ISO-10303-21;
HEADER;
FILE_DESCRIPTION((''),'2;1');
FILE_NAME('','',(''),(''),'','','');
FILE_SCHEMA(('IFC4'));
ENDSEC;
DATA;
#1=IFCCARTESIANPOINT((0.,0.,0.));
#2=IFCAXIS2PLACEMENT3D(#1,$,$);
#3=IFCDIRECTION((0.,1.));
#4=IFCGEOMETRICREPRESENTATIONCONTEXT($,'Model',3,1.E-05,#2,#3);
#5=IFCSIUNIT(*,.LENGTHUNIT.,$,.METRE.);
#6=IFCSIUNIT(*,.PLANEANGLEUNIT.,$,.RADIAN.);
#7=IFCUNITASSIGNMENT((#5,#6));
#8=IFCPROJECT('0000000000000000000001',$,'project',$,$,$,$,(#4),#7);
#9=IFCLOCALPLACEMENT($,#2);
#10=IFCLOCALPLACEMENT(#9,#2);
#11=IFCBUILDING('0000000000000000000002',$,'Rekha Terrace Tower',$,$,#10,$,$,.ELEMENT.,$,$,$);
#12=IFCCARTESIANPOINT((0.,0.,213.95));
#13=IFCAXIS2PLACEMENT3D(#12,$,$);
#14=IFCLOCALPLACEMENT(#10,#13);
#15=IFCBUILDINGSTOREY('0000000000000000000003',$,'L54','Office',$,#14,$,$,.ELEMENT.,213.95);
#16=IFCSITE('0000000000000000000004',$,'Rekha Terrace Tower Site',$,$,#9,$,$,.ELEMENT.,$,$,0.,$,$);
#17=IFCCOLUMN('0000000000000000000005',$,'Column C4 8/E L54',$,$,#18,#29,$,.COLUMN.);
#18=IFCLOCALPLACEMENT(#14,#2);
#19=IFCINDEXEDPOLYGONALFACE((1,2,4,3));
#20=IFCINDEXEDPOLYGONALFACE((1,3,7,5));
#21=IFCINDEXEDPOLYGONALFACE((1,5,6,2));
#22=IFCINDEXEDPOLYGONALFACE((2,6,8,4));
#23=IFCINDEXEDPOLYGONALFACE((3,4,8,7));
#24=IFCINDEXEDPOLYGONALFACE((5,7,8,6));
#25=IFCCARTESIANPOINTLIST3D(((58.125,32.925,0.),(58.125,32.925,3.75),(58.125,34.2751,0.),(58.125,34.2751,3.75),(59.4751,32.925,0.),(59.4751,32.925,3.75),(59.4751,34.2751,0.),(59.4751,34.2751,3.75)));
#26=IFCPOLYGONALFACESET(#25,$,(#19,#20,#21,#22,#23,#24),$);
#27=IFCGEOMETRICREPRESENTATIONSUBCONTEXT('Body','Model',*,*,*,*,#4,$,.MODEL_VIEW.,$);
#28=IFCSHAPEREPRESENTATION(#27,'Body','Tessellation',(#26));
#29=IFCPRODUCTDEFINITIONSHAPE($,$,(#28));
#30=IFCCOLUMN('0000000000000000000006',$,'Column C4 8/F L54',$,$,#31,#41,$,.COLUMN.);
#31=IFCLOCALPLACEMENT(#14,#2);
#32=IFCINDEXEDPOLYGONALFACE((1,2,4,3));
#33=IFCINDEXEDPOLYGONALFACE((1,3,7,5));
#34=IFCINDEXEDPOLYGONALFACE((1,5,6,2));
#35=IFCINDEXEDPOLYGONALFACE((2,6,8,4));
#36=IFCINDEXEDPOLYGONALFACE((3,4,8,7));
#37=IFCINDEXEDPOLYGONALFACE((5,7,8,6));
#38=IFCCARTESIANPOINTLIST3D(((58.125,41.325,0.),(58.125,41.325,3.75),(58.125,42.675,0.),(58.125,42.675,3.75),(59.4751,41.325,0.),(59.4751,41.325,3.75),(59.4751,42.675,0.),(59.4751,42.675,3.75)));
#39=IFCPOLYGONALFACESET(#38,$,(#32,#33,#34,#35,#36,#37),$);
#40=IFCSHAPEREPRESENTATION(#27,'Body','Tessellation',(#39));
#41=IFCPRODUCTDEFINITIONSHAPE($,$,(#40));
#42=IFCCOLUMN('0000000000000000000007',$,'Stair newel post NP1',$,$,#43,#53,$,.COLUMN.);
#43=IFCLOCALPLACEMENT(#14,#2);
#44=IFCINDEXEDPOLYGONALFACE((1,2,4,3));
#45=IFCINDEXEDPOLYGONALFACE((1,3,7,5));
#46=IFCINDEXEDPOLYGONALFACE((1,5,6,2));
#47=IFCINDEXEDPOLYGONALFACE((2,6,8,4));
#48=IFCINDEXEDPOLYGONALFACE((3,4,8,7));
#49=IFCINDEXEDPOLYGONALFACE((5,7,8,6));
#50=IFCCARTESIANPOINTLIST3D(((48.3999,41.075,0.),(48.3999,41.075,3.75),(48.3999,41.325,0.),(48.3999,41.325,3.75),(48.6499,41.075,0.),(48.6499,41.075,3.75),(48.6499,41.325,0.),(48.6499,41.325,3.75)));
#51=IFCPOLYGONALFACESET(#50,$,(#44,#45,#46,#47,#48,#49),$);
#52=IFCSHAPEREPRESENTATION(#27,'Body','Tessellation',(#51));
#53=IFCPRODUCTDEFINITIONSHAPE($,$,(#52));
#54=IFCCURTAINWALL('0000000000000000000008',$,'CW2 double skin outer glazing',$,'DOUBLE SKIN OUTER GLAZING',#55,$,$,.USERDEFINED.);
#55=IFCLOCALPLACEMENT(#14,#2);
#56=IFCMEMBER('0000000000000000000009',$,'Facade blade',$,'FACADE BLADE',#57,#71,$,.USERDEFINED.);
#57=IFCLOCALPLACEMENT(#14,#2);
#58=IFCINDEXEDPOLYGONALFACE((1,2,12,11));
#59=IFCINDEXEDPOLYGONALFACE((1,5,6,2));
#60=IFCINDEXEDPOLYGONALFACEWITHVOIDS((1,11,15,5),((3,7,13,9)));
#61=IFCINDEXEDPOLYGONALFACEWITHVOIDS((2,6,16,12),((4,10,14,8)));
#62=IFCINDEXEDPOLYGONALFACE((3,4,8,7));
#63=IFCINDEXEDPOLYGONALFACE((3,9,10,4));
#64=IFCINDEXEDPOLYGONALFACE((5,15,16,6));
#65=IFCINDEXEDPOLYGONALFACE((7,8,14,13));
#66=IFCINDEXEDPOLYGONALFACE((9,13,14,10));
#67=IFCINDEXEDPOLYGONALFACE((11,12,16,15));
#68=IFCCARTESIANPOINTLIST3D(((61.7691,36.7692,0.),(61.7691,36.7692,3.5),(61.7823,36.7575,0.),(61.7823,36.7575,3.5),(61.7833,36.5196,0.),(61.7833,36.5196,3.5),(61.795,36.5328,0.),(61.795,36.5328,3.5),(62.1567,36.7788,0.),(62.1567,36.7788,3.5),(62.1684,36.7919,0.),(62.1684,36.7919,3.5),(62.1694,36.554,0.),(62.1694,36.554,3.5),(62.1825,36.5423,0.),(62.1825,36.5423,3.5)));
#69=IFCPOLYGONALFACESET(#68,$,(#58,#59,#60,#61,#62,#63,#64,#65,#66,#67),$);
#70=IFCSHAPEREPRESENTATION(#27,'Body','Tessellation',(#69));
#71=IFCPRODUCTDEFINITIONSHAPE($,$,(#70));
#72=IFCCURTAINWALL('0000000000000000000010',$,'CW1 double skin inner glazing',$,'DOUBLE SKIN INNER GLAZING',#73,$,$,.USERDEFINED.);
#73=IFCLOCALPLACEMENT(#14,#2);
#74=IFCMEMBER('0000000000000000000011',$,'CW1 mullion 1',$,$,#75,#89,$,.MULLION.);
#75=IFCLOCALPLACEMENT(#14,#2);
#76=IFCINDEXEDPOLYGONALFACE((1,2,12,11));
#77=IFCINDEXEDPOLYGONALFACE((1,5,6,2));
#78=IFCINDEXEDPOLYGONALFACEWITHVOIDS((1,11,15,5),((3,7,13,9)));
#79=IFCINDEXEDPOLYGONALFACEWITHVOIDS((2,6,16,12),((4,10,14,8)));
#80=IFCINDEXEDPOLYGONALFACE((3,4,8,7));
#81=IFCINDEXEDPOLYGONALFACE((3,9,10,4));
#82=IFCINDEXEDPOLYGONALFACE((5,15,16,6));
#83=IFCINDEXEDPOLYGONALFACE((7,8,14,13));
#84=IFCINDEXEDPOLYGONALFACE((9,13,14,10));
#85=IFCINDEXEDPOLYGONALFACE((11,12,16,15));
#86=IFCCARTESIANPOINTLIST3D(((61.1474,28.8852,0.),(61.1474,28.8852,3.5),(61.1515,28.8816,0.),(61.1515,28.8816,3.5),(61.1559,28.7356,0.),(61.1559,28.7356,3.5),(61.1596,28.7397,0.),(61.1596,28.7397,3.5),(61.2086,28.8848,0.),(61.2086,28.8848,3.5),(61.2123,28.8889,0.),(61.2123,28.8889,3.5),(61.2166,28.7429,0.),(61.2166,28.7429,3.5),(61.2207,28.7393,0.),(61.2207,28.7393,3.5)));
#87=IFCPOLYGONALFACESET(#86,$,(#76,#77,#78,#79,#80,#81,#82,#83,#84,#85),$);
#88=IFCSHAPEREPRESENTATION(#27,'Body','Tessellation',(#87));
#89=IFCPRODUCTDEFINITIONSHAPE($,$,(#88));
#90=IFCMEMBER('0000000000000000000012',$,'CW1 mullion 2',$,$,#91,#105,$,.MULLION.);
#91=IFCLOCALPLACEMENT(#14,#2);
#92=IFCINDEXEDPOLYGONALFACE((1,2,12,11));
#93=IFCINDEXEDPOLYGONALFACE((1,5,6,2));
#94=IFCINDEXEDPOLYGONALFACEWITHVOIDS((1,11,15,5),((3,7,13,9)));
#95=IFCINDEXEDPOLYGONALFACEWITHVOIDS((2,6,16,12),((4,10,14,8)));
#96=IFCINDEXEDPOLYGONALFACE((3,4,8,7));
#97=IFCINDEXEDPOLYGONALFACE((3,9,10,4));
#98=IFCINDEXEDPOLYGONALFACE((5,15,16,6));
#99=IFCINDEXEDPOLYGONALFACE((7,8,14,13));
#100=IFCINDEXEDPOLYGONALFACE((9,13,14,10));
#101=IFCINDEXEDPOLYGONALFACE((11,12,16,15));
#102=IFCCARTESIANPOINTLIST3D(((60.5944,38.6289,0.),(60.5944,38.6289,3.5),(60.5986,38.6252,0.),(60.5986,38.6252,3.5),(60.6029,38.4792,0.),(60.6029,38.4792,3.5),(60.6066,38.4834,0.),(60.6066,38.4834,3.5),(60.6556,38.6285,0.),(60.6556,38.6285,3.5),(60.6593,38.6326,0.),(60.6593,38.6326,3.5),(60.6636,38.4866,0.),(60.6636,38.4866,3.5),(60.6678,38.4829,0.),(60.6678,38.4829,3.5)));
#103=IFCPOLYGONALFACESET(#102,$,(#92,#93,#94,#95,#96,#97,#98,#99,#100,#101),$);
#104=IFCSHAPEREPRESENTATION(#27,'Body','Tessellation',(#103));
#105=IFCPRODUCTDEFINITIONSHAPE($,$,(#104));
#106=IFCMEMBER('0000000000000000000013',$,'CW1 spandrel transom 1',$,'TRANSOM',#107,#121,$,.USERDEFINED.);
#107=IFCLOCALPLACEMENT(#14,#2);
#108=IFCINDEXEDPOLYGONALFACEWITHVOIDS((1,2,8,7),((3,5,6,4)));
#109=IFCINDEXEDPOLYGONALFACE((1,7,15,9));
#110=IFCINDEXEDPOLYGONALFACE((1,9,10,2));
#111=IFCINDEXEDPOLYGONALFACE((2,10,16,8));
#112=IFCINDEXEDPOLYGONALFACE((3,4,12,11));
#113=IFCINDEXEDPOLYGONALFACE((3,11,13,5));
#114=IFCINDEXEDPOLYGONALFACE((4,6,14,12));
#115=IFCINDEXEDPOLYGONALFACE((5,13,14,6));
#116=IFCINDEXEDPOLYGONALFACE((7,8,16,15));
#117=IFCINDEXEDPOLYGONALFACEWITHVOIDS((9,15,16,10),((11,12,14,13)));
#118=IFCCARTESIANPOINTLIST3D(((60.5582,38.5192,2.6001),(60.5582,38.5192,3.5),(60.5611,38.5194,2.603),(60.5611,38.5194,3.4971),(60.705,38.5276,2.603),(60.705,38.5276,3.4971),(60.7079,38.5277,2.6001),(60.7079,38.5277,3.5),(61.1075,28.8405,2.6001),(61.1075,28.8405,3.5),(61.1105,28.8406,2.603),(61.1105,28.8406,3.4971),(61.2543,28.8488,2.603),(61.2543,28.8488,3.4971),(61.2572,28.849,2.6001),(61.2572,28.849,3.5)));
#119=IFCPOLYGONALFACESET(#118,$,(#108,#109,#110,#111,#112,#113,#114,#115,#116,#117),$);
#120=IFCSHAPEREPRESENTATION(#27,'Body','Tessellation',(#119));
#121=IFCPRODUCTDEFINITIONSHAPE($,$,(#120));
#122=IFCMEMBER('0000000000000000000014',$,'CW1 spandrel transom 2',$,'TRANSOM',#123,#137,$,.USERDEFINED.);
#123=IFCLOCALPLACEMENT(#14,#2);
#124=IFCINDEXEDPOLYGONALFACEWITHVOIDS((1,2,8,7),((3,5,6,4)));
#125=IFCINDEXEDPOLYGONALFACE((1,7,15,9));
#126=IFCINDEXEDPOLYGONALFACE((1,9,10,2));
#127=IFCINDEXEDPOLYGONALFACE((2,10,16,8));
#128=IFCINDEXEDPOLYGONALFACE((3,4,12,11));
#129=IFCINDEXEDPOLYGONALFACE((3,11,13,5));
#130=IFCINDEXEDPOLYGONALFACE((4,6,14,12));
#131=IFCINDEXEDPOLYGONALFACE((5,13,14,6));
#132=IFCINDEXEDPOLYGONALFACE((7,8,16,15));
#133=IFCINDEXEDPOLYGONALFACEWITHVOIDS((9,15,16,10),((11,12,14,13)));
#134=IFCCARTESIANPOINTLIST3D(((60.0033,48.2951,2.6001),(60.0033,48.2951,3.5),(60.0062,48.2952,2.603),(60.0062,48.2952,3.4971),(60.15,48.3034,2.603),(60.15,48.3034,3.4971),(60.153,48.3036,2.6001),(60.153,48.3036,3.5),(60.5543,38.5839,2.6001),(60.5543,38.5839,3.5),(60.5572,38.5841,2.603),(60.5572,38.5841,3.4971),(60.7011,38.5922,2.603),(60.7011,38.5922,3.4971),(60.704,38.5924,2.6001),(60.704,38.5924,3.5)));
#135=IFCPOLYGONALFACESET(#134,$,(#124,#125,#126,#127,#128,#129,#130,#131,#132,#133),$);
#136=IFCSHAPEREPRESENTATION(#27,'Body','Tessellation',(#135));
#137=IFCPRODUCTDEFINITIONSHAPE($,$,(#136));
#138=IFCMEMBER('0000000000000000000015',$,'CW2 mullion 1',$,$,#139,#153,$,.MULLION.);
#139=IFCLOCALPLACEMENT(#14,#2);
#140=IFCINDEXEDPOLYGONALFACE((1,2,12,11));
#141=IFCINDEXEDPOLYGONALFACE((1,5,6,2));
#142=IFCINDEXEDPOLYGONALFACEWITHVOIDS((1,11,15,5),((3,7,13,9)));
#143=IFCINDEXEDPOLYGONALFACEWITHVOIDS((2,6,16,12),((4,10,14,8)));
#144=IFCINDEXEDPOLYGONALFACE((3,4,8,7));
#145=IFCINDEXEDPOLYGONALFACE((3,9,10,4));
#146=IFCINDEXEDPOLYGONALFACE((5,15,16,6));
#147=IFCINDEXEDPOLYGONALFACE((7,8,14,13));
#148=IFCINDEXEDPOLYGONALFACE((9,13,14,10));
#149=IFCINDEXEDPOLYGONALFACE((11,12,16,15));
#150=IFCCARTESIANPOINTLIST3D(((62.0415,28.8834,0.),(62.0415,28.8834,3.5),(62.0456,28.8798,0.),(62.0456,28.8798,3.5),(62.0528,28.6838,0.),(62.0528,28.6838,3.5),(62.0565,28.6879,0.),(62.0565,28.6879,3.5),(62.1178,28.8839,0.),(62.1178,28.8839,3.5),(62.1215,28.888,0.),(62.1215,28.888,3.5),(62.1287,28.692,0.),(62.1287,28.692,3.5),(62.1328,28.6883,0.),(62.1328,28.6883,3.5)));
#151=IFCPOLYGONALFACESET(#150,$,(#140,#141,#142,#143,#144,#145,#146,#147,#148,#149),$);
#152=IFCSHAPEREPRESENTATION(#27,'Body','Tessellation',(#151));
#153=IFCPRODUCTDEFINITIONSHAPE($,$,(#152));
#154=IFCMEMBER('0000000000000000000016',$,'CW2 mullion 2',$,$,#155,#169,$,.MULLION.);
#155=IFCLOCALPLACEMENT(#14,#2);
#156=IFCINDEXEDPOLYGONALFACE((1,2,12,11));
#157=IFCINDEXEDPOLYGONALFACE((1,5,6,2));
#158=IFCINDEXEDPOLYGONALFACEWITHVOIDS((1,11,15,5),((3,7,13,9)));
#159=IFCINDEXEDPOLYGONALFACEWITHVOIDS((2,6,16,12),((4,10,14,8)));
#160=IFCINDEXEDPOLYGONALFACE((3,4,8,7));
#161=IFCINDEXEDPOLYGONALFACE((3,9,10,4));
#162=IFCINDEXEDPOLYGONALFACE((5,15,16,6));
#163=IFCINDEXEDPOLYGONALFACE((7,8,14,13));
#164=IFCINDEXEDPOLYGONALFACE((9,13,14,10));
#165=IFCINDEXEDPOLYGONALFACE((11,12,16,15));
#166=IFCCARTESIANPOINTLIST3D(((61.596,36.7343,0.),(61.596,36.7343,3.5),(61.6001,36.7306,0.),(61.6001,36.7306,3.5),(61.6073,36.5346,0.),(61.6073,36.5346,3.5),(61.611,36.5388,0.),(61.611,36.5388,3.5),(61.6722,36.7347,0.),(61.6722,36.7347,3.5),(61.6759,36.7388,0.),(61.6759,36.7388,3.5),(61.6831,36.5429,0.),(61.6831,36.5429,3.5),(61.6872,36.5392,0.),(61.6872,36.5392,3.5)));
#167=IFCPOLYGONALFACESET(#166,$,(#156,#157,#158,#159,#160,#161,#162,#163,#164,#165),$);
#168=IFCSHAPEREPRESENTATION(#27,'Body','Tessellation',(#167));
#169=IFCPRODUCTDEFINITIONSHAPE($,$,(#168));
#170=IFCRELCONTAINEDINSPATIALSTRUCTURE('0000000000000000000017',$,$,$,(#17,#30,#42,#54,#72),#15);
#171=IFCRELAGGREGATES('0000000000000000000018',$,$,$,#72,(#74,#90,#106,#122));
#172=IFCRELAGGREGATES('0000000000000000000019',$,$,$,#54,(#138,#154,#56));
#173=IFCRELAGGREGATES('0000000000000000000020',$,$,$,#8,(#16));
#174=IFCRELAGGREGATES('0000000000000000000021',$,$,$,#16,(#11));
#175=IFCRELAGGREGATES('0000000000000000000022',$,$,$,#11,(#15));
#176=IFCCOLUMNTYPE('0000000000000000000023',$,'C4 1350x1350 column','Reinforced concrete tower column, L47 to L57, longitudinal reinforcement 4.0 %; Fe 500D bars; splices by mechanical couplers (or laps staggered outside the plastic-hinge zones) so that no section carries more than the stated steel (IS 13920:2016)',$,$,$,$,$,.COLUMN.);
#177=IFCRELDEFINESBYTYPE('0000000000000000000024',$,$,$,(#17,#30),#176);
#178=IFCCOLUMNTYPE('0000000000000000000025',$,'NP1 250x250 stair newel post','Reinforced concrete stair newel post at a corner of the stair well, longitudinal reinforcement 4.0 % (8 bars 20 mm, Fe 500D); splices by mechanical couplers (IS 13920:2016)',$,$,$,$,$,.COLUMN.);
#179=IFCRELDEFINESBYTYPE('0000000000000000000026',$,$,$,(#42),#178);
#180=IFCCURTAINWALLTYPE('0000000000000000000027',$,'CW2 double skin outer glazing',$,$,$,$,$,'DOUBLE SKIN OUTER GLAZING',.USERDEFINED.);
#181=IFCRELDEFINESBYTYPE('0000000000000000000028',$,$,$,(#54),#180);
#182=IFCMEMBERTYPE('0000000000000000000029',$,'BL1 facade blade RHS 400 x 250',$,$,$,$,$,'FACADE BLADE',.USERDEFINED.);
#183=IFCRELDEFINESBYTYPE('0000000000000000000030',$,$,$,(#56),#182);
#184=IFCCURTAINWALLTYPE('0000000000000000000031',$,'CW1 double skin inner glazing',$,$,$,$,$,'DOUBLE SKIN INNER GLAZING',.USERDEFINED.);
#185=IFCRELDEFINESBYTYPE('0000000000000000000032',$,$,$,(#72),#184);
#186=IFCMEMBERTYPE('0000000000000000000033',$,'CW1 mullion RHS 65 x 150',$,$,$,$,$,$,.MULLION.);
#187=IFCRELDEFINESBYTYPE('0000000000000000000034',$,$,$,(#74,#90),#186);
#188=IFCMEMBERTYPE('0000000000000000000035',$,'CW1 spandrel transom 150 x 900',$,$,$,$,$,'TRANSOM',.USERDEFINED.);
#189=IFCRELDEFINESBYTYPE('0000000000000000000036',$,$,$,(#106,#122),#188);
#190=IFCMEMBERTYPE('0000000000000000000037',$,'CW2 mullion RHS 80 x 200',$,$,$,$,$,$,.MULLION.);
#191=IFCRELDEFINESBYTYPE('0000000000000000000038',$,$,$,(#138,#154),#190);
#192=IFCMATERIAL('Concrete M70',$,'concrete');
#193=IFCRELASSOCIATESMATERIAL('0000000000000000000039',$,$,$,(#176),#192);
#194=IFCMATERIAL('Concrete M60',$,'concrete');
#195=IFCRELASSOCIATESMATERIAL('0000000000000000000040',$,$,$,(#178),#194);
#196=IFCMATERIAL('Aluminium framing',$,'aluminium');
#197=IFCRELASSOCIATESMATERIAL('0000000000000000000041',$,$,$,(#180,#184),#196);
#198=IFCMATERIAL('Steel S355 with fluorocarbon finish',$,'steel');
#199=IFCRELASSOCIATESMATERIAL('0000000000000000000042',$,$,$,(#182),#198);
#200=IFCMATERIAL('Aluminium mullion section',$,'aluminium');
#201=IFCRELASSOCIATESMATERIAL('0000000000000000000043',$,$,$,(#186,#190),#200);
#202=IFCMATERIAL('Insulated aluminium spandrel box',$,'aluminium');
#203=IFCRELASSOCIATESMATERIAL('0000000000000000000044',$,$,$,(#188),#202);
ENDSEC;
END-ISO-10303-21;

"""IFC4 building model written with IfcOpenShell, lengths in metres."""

from ifc_helpers import new_model, si_unit, direction, frame, origin, origin_2d, place, context, subcontext, project, spatial, rectangle, hollow_rectangle, extrude, material, material_profile, profile_set, type_object, element, aggregate, save


model = new_model("IFC4")

# Units and contexts
model_context = context("Model", 3, precision=1e-05, world=origin(), true_north=direction((0.0, 1.0)))
body_context = subcontext(model_context, "Body", "Model", "MODEL_VIEW")
ifc_project = project(units=[si_unit("LENGTHUNIT", "METRE"), si_unit("PLANEANGLEUNIT", "RADIAN")], contexts=[model_context])

# Site, building, storey
site_placement = place(None, origin())
site = spatial("IfcSite", under=ifc_project, at=site_placement, Name="Rekha Terrace Tower Site", CompositionType="ELEMENT", RefElevation=0.0)
building_placement = place(site_placement, origin())
building = spatial("IfcBuilding", under=site, at=building_placement, Name="Rekha Terrace Tower", CompositionType="ELEMENT")
storey_placement = place(building_placement, frame((0.0, 0.0, 213.95)))
storey = spatial("IfcBuildingStorey", under=building, at=storey_placement, Name="L54", Description="Office", CompositionType="ELEMENT", Elevation=213.95)

# Columns
ifc_material_1 = material(Name="Concrete M70", Category="concrete")
ifc_material_profile_1 = material_profile(ifc_material_1, rectangle(XDim=1.3501, YDim=1.3501, at=origin_2d()), Name="RC 1350x1350")
ifc_profile_set_1 = profile_set([ifc_material_profile_1], Name="Concrete M70")
column_type_1 = type_object("IfcColumnType", Name="C4 1350x1350 column", Description="Reinforced concrete tower column, L47 to L57, longitudinal reinforcement 4.0 %; Fe 500D bars; splices by mechanical couplers (or laps staggered outside the plastic-hinge zones) so that no section carries more than the stated steel (IS 13920:2016)", PredefinedType="COLUMN", material=ifc_profile_set_1)
for number, where, z_axis, x_axis, name in (
    (1, (58.8, 33.6001, 0.0), (0.0, 0.0, 1.0), (1.0, 0.0, 0.0), "Column C4 8/E L54"),
    (2, (58.8, 42.0, 0.0), (0.0, 0.0, 1.0), (1.0, 0.0, 0.0), "Column C4 8/F L54"),
):
    element("IfcColumn", number, at=place(storey_placement, frame(where, z_axis=z_axis, x_axis=x_axis)), inside=storey, type_object=column_type_1, Name=name, PredefinedType="COLUMN", context=body_context, shape_type="SweptSolid", body=[
        extrude(rectangle(XDim=1.3501, YDim=1.3501, at=origin_2d()), origin(), (0.0, 0.0, 1.0), 3.75),
    ])
ifc_material_2 = material(Name="Concrete M60", Category="concrete")
ifc_material_profile_2 = material_profile(ifc_material_2, rectangle(XDim=0.25, YDim=0.25, at=origin_2d()), Name="RC 250x250")
ifc_profile_set_2 = profile_set([ifc_material_profile_2], Name="Concrete M60")
column_type_2 = type_object("IfcColumnType", Name="NP1 250x250 stair newel post", Description="Reinforced concrete stair newel post at a corner of the stair well, longitudinal reinforcement 4.0 % (8 bars 20 mm, Fe 500D); splices by mechanical couplers (IS 13920:2016)", PredefinedType="COLUMN", material=ifc_profile_set_2)
column_placement = place(storey_placement, frame((48.5249, 41.2, 0.0), z_axis=(0.0, 0.0, 1.0), x_axis=(1.0, 0.0, 0.0)))
element("IfcColumn", 3, at=column_placement, inside=storey, type_object=column_type_2, Name="Stair newel post NP1", PredefinedType="COLUMN", context=body_context, shape_type="SweptSolid", body=[
    extrude(rectangle(XDim=0.25, YDim=0.25, at=origin_2d()), origin(), (0.0, 0.0, 1.0), 3.75),
])

# Curtain wall, member
ifc_material_3 = material(Name="Aluminium framing", Category="aluminium")
curtain_wall_type_1 = type_object("IfcCurtainWallType", Name="CW2 double skin outer glazing", ElementType="DOUBLE SKIN OUTER GLAZING", PredefinedType="USERDEFINED", material=ifc_material_3)
curtain_wall_1_placement = place(storey_placement, origin())
curtain_wall_1 = element("IfcCurtainWall", 4, at=curtain_wall_1_placement, inside=storey, type_object=curtain_wall_type_1, Name="CW2 double skin outer glazing", ObjectType="DOUBLE SKIN OUTER GLAZING", PredefinedType="USERDEFINED")
ifc_material_4 = material(Name="Steel S355 with fluorocarbon finish", Category="steel")
ifc_material_profile_3 = material_profile(ifc_material_4, hollow_rectangle(XDim=0.25, YDim=0.3999, WallThickness=0.0125, at=origin_2d()), Name="RHS400x250x12.5")
ifc_profile_set_3 = profile_set([ifc_material_profile_3], Name="Steel S355 with fluorocarbon finish")
member_type_1 = type_object("IfcMemberType", Name="BL1 facade blade RHS 400 x 250", ElementType="FACADE BLADE", PredefinedType="USERDEFINED", material=ifc_profile_set_3)
member_1_placement = place(storey_placement, frame((61.9758, 36.6558, 0.0), z_axis=(0.0, 0.0, 1.0), x_axis=(-0.056674, 0.998393, 0.0)))
member_1 = element("IfcMember", 5, at=member_1_placement, type_object=member_type_1, Name="Facade blade", ObjectType="FACADE BLADE", PredefinedType="USERDEFINED", context=body_context, shape_type="SweptSolid", body=[
    extrude(hollow_rectangle(XDim=0.25, YDim=0.3999, WallThickness=0.0125, at=origin_2d()), origin(), (0.0, 0.0, 1.0), 3.5),
])

# Curtain wall, members
curtain_wall_type_2 = type_object("IfcCurtainWallType", Name="CW1 double skin inner glazing", ElementType="DOUBLE SKIN INNER GLAZING", PredefinedType="USERDEFINED", material=ifc_material_3)
curtain_wall_2_placement = place(storey_placement, origin())
curtain_wall_2 = element("IfcCurtainWall", 6, at=curtain_wall_2_placement, inside=storey, type_object=curtain_wall_type_2, Name="CW1 double skin inner glazing", ObjectType="DOUBLE SKIN INNER GLAZING", PredefinedType="USERDEFINED")
ifc_material_5 = material(Name="Aluminium mullion section", Category="aluminium")
ifc_material_profile_4 = material_profile(ifc_material_5, hollow_rectangle(XDim=0.0649, YDim=0.1499, WallThickness=0.0039, at=origin_2d()), Name="AL RHS 65x150")
ifc_profile_set_4 = profile_set([ifc_material_profile_4], Name="Aluminium mullion section")
member_type_2 = type_object("IfcMemberType", Name="CW1 mullion RHS 65 x 150", PredefinedType="MULLION", material=ifc_profile_set_4)
member_2_placement = place(storey_placement, frame((61.1841, 28.8123, 0.0), z_axis=(0.0, 0.0, 1.0), x_axis=(-0.998393, -0.056673, 0.0)))
member_2 = element("IfcMember", 7, at=member_2_placement, type_object=member_type_2, Name="CW1 mullion 1", PredefinedType="MULLION", context=body_context, shape_type="SweptSolid", body=[
    extrude(hollow_rectangle(XDim=0.0649, YDim=0.1499, WallThickness=0.0039, at=origin_2d()), origin(), (0.0, 0.0, 1.0), 3.5),
])
member_3_placement = place(storey_placement, frame((60.6311, 38.5559, 0.0), z_axis=(0.0, 0.0, 1.0), x_axis=(-0.998393, -0.056673, 0.0)))
member_3 = element("IfcMember", 8, at=member_3_placement, type_object=member_type_2, Name="CW1 mullion 2", PredefinedType="MULLION", context=body_context, shape_type="SweptSolid", body=[
    extrude(hollow_rectangle(XDim=0.0649, YDim=0.1499, WallThickness=0.0039, at=origin_2d()), origin(), (0.0, 0.0, 1.0), 3.5),
])
ifc_material_6 = material(Name="Insulated aluminium spandrel box", Category="aluminium")
ifc_material_profile_5 = material_profile(ifc_material_6, hollow_rectangle(XDim=0.1499, YDim=0.8999, WallThickness=0.0029, at=origin_2d()), Name="AL SPANDREL BOX 150x900")
ifc_profile_set_5 = profile_set([ifc_material_profile_5], Name="Insulated aluminium spandrel box")
member_type_3 = type_object("IfcMemberType", Name="CW1 spandrel transom 150 x 900", ElementType="TRANSOM", PredefinedType="USERDEFINED", material=ifc_profile_set_5)
member_4_placement = place(storey_placement, frame((61.1824, 28.8447, 3.05), z_axis=(-0.056664, 0.998393, 0.0), x_axis=(-0.998393, -0.056664, 0.0)))
member_4 = element("IfcMember", 9, at=member_4_placement, type_object=member_type_3, Name="CW1 spandrel transom 1", ObjectType="TRANSOM", PredefinedType="USERDEFINED", context=body_context, shape_type="SweptSolid", body=[
    extrude(hollow_rectangle(XDim=0.1499, YDim=0.8999, WallThickness=0.0029, at=origin_2d()), origin(), (0.0, 0.0, 1.0), 9.6943),
])
member_5_placement = place(storey_placement, frame((60.6292, 38.5881, 3.05), z_axis=(-0.05665, 0.998394, 0.0), x_axis=(-0.998394, -0.05665, 0.0)))
member_5 = element("IfcMember", 10, at=member_5_placement, type_object=member_type_3, Name="CW1 spandrel transom 2", ObjectType="TRANSOM", PredefinedType="USERDEFINED", context=body_context, shape_type="SweptSolid", body=[
    extrude(hollow_rectangle(XDim=0.1499, YDim=0.8999, WallThickness=0.0029, at=origin_2d()), origin(), (0.0, 0.0, 1.0), 9.7268),
])

# Members
ifc_material_profile_6 = material_profile(ifc_material_5, hollow_rectangle(XDim=0.0801, YDim=0.2, WallThickness=0.0039, at=origin_2d()), Name="AL RHS 80x200")
ifc_profile_set_6 = profile_set([ifc_material_profile_6], Name="Aluminium mullion section")
member_type_4 = type_object("IfcMemberType", Name="CW2 mullion RHS 80 x 200", PredefinedType="MULLION", material=ifc_profile_set_6)
member_6_placement = place(storey_placement, frame((62.0872, 28.7859, 0.0), z_axis=(0.0, 0.0, 1.0), x_axis=(-0.998393, -0.056673, 0.0)))
member_6 = element("IfcMember", 11, at=member_6_placement, type_object=member_type_4, Name="CW2 mullion 1", PredefinedType="MULLION", context=body_context, shape_type="SweptSolid", body=[
    extrude(hollow_rectangle(XDim=0.0801, YDim=0.2, WallThickness=0.0039, at=origin_2d()), origin(), (0.0, 0.0, 1.0), 3.5),
])
member_7_placement = place(storey_placement, frame((61.6416, 36.6367, 0.0), z_axis=(0.0, 0.0, 1.0), x_axis=(-0.998393, -0.056673, 0.0)))
member_7 = element("IfcMember", 12, at=member_7_placement, type_object=member_type_4, Name="CW2 mullion 2", PredefinedType="MULLION", context=body_context, shape_type="SweptSolid", body=[
    extrude(hollow_rectangle(XDim=0.0801, YDim=0.2, WallThickness=0.0039, at=origin_2d()), origin(), (0.0, 0.0, 1.0), 3.5),
])

aggregate(curtain_wall_2, [member_2, member_3, member_4, member_5])
aggregate(curtain_wall_1, [member_6, member_7, member_1])

save(model, "model.ifc")
